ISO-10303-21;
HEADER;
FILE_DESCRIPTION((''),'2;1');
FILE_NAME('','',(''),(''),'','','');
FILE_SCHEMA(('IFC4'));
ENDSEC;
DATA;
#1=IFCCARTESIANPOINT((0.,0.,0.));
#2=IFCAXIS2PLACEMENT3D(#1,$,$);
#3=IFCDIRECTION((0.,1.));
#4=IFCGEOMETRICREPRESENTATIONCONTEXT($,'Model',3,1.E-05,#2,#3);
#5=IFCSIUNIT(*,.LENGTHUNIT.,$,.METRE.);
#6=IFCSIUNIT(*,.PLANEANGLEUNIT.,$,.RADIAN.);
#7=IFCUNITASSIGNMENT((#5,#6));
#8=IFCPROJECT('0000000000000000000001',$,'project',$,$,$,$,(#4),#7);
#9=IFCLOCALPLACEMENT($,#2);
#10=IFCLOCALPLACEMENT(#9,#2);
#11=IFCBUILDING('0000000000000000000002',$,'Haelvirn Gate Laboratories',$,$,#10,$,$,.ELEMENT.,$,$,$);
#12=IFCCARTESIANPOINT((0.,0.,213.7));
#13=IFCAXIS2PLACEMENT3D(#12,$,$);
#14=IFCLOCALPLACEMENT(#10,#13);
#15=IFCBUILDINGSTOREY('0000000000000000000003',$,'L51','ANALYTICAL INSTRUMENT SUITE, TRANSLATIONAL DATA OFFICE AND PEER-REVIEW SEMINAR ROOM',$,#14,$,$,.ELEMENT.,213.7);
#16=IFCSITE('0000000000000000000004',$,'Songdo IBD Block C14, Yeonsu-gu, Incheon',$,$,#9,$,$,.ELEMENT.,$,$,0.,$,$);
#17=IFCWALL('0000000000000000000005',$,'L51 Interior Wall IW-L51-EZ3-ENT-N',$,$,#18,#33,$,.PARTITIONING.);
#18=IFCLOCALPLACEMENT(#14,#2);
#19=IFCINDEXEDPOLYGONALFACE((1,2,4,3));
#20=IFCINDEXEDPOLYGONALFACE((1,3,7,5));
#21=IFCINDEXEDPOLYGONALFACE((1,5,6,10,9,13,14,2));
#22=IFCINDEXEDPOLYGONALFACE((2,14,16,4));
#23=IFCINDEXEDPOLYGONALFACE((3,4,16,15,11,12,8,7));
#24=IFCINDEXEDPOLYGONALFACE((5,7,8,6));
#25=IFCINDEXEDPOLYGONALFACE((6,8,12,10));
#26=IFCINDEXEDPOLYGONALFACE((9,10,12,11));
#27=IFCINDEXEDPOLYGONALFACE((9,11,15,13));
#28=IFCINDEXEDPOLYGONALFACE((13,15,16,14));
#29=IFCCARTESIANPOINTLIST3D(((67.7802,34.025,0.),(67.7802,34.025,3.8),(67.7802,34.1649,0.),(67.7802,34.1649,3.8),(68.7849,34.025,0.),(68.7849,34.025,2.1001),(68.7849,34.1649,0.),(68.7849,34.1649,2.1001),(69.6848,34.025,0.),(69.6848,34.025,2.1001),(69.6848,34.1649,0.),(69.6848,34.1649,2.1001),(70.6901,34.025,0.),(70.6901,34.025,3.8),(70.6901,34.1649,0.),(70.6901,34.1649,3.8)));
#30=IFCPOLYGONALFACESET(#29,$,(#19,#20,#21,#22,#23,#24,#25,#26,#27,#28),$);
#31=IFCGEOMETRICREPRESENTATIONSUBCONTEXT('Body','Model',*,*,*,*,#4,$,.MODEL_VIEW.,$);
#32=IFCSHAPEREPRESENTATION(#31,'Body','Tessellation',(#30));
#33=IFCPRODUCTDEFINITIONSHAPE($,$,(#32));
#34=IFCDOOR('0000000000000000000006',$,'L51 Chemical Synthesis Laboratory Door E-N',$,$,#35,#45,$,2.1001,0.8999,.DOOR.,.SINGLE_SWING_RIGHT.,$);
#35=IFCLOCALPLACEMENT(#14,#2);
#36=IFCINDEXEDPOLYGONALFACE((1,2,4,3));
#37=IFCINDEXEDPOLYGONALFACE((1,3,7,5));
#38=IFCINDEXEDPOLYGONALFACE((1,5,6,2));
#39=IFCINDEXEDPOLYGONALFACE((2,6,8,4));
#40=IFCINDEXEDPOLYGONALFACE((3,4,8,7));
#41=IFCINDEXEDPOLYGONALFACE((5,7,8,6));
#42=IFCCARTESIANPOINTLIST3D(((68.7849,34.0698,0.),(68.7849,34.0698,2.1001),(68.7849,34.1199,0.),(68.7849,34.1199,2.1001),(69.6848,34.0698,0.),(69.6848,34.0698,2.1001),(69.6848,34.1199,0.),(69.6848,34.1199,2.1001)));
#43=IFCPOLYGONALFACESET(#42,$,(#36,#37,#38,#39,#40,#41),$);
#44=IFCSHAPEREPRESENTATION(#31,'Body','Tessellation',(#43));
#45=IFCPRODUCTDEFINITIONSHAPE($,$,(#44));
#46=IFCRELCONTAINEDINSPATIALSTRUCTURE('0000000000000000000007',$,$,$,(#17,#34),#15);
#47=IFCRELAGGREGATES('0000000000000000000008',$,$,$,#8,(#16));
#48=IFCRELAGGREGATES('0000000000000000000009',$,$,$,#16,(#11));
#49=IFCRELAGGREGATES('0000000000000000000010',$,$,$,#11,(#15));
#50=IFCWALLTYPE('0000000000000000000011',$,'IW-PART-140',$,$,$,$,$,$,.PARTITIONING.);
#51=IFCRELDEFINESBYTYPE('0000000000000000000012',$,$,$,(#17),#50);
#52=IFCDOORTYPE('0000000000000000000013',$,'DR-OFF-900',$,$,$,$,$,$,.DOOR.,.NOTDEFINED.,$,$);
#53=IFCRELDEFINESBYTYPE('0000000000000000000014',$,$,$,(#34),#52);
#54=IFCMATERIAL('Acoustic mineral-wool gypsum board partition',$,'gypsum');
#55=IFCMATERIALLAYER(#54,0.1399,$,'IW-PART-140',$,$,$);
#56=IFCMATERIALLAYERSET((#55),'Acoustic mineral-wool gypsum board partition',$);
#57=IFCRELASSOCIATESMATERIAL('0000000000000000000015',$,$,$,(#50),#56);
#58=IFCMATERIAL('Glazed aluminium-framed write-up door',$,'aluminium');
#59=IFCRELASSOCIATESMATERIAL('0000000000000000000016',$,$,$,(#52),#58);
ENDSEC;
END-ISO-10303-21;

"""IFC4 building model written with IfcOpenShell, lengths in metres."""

from ifc_helpers import new_model, si_unit, direction, frame, frame_2d, origin, place, context, subcontext, project, spatial, rectangle, extrude, source, transform, mapped, material, layer, layer_set, type_object, type_shapes, element, fill, save


model = new_model("IFC4")

# Units and contexts
model_context = context("Model", 3, precision=1e-05, world=origin(), true_north=direction((0.0, 1.0)))
body_context = subcontext(model_context, "Body", "Model", "MODEL_VIEW")
ifc_project = project(units=[si_unit("LENGTHUNIT", "METRE"), si_unit("PLANEANGLEUNIT", "RADIAN")], contexts=[model_context])

# Site, building, storey
site_placement = place(None, origin())
site = spatial("IfcSite", under=ifc_project, at=site_placement, Name="Songdo IBD Block C14, Yeonsu-gu, Incheon", CompositionType="ELEMENT", RefElevation=0.0)
building_placement = place(site_placement, origin())
building = spatial("IfcBuilding", under=site, at=building_placement, Name="Haelvirn Gate Laboratories", CompositionType="ELEMENT")
storey_placement = place(building_placement, frame((0.0, 0.0, 213.7)))
storey = spatial("IfcBuildingStorey", under=building, at=storey_placement, Name="L51", Description="ANALYTICAL INSTRUMENT SUITE, TRANSLATIONAL DATA OFFICE AND PEER-REVIEW SEMINAR ROOM", CompositionType="ELEMENT", Elevation=213.7)

# Wall, opening, door
ifc_material_1 = material(Name="Acoustic mineral-wool gypsum board partition", Category="gypsum")
ifc_layer_1 = layer(ifc_material_1, 0.1399, Name="IW-PART-140")
ifc_layer_set_1 = layer_set([ifc_layer_1], Name="Acoustic mineral-wool gypsum board partition")
wall_type_1 = type_object("IfcWallType", Name="IW-PART-140", PredefinedType="PARTITIONING", material=ifc_layer_set_1)
wall_1_placement = place(storey_placement, frame((67.78, 34.095, 0.0), z_axis=(0.0, 0.0, 1.0), x_axis=(1.0, 0.0, 0.0)))
wall_1 = element("IfcWall", 1, at=wall_1_placement, inside=storey, type_object=wall_type_1, Name="L51 Interior Wall IW-L51-EZ3-ENT-N", PredefinedType="PARTITIONING", context=body_context, shape_type="SweptSolid", body=[
    extrude(rectangle(XDim=2.9099, YDim=0.1399, at=frame_2d((1.4551, 0.0))), origin(), (0.0, 0.0, 1.0), 3.8),
])
opening_1_placement = place(wall_1_placement, frame((1.0049, 0.0, 0.0)))
opening_1 = element("IfcOpeningElement", 2, at=opening_1_placement, cuts=wall_1, PredefinedType="OPENING", context=body_context, shape_type="SweptSolid", body=[
    extrude(rectangle(XDim=0.8999, YDim=2.1001, at=frame_2d((0.45, 1.05))), frame((0.0, 0.0801, 0.0), z_axis=(0.0, -1.0, 0.0), x_axis=(1.0, 0.0, 0.0)), (0.0, 0.0, 1.0), 0.1599),
])
ifc_material_2 = material(Name="Glazed aluminium-framed write-up door", Category="aluminium")
door_type_1 = type_object("IfcDoorType", Name="DR-OFF-900", OperationType="NOTDEFINED", PredefinedType="DOOR", material=ifc_material_2)
shared_shape_1 = source(origin(), body_context, "Body", "SweptSolid", [
    extrude(rectangle(XDim=0.8999, YDim=2.1001, at=frame_2d((0.45, 1.05))), frame((0.0, 0.0249, 0.0), z_axis=(0.0, -1.0, 0.0), x_axis=(1.0, 0.0, 0.0)), (0.0, 0.0, 1.0), 0.05),
])
type_shapes(door_type_1, [shared_shape_1])
door_1_placement = place(opening_1_placement, origin())
door_1 = element("IfcDoor", 3, at=door_1_placement, inside=storey, type_object=door_type_1, Name="L51 Chemical Synthesis Laboratory Door E-N", OperationType="SINGLE_SWING_RIGHT", OverallHeight=2.1001, OverallWidth=0.8999, PredefinedType="DOOR", context=body_context, shape_type="MappedRepresentation", body=[
    mapped(shared_shape_1, transform((0.0, 0.0, 0.0), scale=1.0)),
])
fill(opening_1, door_1)

save(model, "model.ifc")
